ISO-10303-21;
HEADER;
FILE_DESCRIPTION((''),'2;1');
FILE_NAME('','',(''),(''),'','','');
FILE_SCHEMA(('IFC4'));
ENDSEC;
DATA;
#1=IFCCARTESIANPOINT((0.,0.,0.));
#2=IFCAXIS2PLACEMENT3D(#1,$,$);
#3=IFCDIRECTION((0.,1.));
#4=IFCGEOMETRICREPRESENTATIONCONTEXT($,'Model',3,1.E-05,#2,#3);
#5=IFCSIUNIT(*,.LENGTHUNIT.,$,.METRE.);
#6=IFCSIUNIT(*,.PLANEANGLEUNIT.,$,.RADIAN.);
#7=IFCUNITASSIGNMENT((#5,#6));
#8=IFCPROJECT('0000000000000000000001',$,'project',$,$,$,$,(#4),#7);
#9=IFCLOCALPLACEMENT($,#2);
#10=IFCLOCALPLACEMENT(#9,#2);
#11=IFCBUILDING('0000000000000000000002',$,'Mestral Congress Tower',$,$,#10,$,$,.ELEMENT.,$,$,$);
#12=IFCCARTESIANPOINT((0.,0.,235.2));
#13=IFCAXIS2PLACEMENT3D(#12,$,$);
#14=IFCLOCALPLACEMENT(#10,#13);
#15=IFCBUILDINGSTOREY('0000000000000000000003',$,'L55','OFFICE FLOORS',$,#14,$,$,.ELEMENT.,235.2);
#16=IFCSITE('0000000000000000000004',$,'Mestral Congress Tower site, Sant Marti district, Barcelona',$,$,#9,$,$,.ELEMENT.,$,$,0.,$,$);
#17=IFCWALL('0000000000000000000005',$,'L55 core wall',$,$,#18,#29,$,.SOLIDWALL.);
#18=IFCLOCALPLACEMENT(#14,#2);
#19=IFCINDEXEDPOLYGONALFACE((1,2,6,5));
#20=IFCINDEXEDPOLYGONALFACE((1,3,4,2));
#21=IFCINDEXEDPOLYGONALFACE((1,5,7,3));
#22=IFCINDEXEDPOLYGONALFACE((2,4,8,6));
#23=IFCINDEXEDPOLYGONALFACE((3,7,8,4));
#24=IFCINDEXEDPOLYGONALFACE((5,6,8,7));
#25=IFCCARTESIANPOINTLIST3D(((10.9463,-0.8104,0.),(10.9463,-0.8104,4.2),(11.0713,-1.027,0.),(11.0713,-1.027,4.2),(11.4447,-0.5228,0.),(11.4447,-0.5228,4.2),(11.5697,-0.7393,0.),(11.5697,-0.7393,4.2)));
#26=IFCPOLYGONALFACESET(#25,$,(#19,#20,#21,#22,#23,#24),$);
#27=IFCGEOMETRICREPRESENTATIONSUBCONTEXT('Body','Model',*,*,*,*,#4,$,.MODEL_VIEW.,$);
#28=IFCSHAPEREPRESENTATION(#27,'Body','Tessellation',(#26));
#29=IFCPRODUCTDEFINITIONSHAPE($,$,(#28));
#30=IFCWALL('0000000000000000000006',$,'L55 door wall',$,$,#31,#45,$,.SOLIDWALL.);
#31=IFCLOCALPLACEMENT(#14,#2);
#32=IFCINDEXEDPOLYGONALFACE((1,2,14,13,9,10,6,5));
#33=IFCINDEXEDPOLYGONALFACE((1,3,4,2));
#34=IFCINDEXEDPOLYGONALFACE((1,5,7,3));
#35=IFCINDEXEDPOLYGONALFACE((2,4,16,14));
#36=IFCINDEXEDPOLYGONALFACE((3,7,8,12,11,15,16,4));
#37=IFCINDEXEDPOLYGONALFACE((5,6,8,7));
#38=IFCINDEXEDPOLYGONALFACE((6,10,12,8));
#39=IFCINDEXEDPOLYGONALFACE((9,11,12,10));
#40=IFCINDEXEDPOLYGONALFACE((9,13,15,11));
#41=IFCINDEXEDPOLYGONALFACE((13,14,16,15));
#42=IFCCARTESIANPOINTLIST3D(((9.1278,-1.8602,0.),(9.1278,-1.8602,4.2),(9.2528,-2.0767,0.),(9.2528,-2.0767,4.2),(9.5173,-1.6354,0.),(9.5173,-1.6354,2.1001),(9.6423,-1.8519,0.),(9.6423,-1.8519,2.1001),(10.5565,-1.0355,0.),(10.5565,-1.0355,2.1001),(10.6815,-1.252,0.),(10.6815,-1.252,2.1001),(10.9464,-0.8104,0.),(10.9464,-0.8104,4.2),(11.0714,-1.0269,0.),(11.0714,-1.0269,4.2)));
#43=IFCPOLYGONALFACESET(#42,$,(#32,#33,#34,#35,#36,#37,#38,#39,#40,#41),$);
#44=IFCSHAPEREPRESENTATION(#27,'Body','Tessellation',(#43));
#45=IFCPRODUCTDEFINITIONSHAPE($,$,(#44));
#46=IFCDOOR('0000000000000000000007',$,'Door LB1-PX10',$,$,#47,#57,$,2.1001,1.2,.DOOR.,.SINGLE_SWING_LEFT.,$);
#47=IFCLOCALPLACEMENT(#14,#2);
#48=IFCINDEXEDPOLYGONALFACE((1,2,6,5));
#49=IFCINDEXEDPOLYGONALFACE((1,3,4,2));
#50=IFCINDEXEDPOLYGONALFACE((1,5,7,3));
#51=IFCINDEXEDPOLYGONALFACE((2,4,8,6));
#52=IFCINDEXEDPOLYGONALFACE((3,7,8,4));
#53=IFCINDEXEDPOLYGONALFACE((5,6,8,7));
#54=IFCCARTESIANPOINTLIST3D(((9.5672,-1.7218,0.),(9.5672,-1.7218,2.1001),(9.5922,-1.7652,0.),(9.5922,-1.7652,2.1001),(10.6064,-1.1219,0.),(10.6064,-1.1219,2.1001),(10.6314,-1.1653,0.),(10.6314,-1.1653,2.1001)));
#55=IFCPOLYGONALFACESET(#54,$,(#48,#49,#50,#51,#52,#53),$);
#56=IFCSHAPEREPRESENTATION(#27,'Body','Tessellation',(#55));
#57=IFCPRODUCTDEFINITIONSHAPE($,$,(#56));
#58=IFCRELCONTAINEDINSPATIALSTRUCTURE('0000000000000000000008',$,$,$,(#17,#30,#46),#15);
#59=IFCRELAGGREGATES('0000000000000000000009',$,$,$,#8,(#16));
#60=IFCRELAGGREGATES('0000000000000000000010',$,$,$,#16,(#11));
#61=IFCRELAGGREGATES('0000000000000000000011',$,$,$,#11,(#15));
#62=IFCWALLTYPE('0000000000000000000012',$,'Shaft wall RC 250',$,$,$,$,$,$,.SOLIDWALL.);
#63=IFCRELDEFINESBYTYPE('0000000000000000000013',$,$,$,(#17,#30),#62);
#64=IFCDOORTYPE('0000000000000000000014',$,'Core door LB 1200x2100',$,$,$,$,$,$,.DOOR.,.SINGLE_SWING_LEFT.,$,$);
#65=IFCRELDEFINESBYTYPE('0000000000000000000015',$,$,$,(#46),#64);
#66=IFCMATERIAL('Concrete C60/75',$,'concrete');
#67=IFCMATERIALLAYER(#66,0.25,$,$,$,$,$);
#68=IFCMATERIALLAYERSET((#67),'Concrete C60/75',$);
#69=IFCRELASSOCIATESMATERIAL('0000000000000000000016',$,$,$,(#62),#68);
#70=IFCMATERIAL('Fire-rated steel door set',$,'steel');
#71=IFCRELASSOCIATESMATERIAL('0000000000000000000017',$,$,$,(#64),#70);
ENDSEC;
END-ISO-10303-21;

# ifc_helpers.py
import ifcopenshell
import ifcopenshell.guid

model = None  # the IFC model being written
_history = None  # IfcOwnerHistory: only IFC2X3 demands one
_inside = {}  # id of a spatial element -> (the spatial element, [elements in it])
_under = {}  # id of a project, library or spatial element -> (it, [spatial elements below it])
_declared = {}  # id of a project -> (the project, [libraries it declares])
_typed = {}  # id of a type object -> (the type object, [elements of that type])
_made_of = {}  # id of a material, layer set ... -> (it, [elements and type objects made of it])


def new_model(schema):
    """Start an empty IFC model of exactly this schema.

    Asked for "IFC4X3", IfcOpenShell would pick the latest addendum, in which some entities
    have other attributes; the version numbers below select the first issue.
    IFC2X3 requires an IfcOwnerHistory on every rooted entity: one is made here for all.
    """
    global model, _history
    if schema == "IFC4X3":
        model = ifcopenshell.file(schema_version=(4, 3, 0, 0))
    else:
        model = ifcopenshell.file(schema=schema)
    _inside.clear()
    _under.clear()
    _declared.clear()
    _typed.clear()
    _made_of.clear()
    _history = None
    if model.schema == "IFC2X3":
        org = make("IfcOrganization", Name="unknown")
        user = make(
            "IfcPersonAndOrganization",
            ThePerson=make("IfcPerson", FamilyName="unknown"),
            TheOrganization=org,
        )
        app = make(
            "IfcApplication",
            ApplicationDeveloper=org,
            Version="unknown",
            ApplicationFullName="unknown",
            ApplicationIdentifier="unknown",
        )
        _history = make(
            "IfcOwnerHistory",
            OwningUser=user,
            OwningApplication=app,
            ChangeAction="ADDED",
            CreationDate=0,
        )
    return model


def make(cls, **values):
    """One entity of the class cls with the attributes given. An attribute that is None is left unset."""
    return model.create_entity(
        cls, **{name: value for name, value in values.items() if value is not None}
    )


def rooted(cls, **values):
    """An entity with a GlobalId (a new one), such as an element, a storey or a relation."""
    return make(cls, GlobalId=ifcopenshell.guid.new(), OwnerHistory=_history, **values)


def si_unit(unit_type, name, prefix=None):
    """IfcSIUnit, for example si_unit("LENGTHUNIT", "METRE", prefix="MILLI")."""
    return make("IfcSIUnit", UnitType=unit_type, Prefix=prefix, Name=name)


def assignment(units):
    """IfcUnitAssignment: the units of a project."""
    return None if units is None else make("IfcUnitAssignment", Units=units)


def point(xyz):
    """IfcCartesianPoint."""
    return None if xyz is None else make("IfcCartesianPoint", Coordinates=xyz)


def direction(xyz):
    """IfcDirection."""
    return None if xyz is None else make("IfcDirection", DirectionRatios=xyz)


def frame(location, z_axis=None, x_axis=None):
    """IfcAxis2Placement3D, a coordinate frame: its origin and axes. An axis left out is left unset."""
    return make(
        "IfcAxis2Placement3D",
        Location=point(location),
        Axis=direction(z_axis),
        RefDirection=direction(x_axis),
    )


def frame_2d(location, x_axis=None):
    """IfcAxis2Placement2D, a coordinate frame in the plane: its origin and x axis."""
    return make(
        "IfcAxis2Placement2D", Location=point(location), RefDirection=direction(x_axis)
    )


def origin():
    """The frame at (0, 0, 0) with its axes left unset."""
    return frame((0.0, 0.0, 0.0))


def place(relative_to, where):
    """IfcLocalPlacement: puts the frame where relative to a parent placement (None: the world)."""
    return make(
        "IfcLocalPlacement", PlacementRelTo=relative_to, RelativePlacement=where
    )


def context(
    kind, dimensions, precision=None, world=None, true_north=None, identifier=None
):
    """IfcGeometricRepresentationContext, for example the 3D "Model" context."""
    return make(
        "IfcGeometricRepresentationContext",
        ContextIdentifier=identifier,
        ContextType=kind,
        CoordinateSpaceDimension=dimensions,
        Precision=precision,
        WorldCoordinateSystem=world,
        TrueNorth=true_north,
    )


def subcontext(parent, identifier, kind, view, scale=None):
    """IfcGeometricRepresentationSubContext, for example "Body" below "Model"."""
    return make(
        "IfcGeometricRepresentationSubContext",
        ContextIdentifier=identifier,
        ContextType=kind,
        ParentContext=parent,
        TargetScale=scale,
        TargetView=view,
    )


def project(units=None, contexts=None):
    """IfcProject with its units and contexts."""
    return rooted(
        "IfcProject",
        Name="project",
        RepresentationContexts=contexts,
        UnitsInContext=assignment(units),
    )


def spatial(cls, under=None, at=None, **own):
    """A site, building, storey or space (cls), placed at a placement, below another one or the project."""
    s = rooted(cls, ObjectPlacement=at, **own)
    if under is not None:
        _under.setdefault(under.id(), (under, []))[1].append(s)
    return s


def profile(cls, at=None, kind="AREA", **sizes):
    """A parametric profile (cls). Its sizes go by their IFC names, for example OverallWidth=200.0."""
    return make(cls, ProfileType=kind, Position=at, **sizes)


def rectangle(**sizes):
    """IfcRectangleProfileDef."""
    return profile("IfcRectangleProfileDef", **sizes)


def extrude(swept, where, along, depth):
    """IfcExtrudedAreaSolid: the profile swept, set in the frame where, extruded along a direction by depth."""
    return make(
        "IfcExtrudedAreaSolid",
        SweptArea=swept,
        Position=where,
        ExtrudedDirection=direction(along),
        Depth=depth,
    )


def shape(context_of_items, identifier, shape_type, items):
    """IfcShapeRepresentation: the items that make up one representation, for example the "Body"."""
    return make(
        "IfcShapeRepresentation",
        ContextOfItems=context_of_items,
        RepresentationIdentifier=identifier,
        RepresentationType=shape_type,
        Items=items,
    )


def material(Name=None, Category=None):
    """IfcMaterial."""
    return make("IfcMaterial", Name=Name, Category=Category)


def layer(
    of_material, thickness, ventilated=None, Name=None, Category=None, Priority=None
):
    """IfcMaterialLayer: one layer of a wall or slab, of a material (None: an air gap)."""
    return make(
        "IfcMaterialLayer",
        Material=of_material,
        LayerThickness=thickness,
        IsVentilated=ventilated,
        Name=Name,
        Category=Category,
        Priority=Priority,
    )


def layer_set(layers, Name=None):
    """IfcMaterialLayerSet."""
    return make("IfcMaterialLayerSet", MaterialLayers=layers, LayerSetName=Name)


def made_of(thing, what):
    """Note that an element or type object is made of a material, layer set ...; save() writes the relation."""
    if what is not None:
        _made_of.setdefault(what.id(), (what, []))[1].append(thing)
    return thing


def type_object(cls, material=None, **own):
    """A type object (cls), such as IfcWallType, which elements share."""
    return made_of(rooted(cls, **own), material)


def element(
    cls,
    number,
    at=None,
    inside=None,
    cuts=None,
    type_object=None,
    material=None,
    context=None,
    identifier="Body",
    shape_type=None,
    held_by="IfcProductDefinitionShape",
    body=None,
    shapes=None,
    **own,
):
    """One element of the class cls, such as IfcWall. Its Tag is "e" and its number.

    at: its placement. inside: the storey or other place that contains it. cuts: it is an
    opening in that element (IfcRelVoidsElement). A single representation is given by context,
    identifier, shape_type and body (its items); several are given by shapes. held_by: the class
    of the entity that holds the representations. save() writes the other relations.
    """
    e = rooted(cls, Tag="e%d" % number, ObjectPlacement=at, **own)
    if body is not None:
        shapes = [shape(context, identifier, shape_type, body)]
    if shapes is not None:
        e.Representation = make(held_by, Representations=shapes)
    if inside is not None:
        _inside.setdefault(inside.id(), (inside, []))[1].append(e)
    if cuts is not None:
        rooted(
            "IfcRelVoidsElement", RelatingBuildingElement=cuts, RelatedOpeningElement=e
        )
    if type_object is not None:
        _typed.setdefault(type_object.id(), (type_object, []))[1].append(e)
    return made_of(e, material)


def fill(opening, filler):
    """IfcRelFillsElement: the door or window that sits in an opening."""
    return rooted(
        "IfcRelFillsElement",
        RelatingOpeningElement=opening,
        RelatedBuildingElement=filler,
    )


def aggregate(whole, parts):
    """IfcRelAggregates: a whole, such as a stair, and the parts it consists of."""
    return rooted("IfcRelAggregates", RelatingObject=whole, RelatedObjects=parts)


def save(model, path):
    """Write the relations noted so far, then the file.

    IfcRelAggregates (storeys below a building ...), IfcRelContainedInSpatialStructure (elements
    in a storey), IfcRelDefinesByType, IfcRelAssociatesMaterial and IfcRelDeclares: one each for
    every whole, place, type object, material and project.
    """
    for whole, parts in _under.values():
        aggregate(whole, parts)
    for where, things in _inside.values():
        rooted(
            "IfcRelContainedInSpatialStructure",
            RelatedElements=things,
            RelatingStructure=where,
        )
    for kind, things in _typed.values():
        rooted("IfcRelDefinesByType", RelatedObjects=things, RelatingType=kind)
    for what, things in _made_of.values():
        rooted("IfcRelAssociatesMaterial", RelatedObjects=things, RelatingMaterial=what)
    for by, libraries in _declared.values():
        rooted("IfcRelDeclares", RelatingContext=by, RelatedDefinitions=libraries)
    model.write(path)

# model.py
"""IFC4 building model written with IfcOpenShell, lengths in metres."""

from ifc_helpers import new_model, si_unit, direction, frame, frame_2d, origin, place, context, subcontext, project, spatial, rectangle, extrude, material, layer, layer_set, type_object, element, fill, save


model = new_model("IFC4")

# Units and contexts
model_context = context("Model", 3, precision=1e-05, world=origin(), true_north=direction((0.0, 1.0)))
body_context = subcontext(model_context, "Body", "Model", "MODEL_VIEW")
ifc_project = project(units=[si_unit("LENGTHUNIT", "METRE"), si_unit("PLANEANGLEUNIT", "RADIAN")], contexts=[model_context])

# Site, building, storey
site_placement = place(None, origin())
site = spatial("IfcSite", under=ifc_project, at=site_placement, Name="Mestral Congress Tower site, Sant Marti district, Barcelona", CompositionType="ELEMENT", RefElevation=0.0)
building_placement = place(site_placement, origin())
building = spatial("IfcBuilding", under=site, at=building_placement, Name="Mestral Congress Tower", CompositionType="ELEMENT")
storey_placement = place(building_placement, frame((0.0, 0.0, 235.2)))
storey = spatial("IfcBuildingStorey", under=building, at=storey_placement, Name="L55", Description="OFFICE FLOORS", CompositionType="ELEMENT", Elevation=235.2)

# Shared definitions
ifc_material_1 = material(Name="Concrete C60/75", Category="concrete")

# Wall
ifc_layer_1 = layer(ifc_material_1, 0.25)
ifc_layer_set_1 = layer_set([ifc_layer_1], Name="Concrete C60/75")
wall_type_1 = type_object("IfcWallType", Name="Shaft wall RC 250", PredefinedType="SOLIDWALL", material=ifc_layer_set_1)
wall_1_placement = place(storey_placement, frame((11.5071, -0.6311, 0.0), z_axis=(0.0, 0.0, 1.0), x_axis=(-0.866094, -0.499882, 0.0)))
element("IfcWall", 1, at=wall_1_placement, inside=storey, type_object=wall_type_1, Name="L55 core wall", PredefinedType="SOLIDWALL", context=body_context, shape_type="SweptSolid", body=[
    extrude(rectangle(XDim=0.5754, YDim=0.25, at=frame_2d((0.2876, 0.0))), origin(), (0.0, 0.0, 1.0), 4.2),
])

# Wall, opening, door
wall_2_placement = place(storey_placement, frame((11.0088, -0.9187, 0.0), z_axis=(0.0, 0.0, 1.0), x_axis=(-0.86606, -0.499941, 0.0)))
wall_2 = element("IfcWall", 2, at=wall_2_placement, inside=storey, type_object=wall_type_1, Name="L55 door wall", PredefinedType="SOLIDWALL", context=body_context, shape_type="SweptSolid", body=[
    extrude(rectangle(XDim=2.0999, YDim=0.25, at=frame_2d((1.0498, 0.0))), origin(), (0.0, 0.0, 1.0), 4.2),
])
opening_1_placement = place(wall_2_placement, frame((0.45, 0.0, 0.0)))
opening_1 = element("IfcOpeningElement", 3, at=opening_1_placement, cuts=wall_2, PredefinedType="OPENING", context=body_context, shape_type="SweptSolid", body=[
    extrude(rectangle(XDim=1.2, YDim=2.1001, at=frame_2d((0.6001, 1.05))), frame((0.0, 0.135, 0.0), z_axis=(0.0, -1.0, 0.0), x_axis=(1.0, 0.0, 0.0)), (0.0, 0.0, 1.0), 0.27),
])
ifc_material_2 = material(Name="Fire-rated steel door set", Category="steel")
door_type_1 = type_object("IfcDoorType", Name="Core door LB 1200x2100", OperationType="SINGLE_SWING_LEFT", PredefinedType="DOOR", material=ifc_material_2)
door_1_placement = place(opening_1_placement, origin())
door_1 = element("IfcDoor", 4, at=door_1_placement, inside=storey, type_object=door_type_1, Name="Door LB1-PX10", OperationType="SINGLE_SWING_LEFT", OverallHeight=2.1001, OverallWidth=1.2, PredefinedType="DOOR", context=body_context, shape_type="SweptSolid", body=[
    extrude(rectangle(XDim=1.2, YDim=2.1001, at=frame_2d((0.6001, 1.05))), frame((0.0, 0.0249, 0.0), z_axis=(0.0, -1.0, 0.0), x_axis=(1.0, 0.0, 0.0)), (0.0, 0.0, 1.0), 0.05),
])
fill(opening_1, door_1)

save(model, "model.ifc")
